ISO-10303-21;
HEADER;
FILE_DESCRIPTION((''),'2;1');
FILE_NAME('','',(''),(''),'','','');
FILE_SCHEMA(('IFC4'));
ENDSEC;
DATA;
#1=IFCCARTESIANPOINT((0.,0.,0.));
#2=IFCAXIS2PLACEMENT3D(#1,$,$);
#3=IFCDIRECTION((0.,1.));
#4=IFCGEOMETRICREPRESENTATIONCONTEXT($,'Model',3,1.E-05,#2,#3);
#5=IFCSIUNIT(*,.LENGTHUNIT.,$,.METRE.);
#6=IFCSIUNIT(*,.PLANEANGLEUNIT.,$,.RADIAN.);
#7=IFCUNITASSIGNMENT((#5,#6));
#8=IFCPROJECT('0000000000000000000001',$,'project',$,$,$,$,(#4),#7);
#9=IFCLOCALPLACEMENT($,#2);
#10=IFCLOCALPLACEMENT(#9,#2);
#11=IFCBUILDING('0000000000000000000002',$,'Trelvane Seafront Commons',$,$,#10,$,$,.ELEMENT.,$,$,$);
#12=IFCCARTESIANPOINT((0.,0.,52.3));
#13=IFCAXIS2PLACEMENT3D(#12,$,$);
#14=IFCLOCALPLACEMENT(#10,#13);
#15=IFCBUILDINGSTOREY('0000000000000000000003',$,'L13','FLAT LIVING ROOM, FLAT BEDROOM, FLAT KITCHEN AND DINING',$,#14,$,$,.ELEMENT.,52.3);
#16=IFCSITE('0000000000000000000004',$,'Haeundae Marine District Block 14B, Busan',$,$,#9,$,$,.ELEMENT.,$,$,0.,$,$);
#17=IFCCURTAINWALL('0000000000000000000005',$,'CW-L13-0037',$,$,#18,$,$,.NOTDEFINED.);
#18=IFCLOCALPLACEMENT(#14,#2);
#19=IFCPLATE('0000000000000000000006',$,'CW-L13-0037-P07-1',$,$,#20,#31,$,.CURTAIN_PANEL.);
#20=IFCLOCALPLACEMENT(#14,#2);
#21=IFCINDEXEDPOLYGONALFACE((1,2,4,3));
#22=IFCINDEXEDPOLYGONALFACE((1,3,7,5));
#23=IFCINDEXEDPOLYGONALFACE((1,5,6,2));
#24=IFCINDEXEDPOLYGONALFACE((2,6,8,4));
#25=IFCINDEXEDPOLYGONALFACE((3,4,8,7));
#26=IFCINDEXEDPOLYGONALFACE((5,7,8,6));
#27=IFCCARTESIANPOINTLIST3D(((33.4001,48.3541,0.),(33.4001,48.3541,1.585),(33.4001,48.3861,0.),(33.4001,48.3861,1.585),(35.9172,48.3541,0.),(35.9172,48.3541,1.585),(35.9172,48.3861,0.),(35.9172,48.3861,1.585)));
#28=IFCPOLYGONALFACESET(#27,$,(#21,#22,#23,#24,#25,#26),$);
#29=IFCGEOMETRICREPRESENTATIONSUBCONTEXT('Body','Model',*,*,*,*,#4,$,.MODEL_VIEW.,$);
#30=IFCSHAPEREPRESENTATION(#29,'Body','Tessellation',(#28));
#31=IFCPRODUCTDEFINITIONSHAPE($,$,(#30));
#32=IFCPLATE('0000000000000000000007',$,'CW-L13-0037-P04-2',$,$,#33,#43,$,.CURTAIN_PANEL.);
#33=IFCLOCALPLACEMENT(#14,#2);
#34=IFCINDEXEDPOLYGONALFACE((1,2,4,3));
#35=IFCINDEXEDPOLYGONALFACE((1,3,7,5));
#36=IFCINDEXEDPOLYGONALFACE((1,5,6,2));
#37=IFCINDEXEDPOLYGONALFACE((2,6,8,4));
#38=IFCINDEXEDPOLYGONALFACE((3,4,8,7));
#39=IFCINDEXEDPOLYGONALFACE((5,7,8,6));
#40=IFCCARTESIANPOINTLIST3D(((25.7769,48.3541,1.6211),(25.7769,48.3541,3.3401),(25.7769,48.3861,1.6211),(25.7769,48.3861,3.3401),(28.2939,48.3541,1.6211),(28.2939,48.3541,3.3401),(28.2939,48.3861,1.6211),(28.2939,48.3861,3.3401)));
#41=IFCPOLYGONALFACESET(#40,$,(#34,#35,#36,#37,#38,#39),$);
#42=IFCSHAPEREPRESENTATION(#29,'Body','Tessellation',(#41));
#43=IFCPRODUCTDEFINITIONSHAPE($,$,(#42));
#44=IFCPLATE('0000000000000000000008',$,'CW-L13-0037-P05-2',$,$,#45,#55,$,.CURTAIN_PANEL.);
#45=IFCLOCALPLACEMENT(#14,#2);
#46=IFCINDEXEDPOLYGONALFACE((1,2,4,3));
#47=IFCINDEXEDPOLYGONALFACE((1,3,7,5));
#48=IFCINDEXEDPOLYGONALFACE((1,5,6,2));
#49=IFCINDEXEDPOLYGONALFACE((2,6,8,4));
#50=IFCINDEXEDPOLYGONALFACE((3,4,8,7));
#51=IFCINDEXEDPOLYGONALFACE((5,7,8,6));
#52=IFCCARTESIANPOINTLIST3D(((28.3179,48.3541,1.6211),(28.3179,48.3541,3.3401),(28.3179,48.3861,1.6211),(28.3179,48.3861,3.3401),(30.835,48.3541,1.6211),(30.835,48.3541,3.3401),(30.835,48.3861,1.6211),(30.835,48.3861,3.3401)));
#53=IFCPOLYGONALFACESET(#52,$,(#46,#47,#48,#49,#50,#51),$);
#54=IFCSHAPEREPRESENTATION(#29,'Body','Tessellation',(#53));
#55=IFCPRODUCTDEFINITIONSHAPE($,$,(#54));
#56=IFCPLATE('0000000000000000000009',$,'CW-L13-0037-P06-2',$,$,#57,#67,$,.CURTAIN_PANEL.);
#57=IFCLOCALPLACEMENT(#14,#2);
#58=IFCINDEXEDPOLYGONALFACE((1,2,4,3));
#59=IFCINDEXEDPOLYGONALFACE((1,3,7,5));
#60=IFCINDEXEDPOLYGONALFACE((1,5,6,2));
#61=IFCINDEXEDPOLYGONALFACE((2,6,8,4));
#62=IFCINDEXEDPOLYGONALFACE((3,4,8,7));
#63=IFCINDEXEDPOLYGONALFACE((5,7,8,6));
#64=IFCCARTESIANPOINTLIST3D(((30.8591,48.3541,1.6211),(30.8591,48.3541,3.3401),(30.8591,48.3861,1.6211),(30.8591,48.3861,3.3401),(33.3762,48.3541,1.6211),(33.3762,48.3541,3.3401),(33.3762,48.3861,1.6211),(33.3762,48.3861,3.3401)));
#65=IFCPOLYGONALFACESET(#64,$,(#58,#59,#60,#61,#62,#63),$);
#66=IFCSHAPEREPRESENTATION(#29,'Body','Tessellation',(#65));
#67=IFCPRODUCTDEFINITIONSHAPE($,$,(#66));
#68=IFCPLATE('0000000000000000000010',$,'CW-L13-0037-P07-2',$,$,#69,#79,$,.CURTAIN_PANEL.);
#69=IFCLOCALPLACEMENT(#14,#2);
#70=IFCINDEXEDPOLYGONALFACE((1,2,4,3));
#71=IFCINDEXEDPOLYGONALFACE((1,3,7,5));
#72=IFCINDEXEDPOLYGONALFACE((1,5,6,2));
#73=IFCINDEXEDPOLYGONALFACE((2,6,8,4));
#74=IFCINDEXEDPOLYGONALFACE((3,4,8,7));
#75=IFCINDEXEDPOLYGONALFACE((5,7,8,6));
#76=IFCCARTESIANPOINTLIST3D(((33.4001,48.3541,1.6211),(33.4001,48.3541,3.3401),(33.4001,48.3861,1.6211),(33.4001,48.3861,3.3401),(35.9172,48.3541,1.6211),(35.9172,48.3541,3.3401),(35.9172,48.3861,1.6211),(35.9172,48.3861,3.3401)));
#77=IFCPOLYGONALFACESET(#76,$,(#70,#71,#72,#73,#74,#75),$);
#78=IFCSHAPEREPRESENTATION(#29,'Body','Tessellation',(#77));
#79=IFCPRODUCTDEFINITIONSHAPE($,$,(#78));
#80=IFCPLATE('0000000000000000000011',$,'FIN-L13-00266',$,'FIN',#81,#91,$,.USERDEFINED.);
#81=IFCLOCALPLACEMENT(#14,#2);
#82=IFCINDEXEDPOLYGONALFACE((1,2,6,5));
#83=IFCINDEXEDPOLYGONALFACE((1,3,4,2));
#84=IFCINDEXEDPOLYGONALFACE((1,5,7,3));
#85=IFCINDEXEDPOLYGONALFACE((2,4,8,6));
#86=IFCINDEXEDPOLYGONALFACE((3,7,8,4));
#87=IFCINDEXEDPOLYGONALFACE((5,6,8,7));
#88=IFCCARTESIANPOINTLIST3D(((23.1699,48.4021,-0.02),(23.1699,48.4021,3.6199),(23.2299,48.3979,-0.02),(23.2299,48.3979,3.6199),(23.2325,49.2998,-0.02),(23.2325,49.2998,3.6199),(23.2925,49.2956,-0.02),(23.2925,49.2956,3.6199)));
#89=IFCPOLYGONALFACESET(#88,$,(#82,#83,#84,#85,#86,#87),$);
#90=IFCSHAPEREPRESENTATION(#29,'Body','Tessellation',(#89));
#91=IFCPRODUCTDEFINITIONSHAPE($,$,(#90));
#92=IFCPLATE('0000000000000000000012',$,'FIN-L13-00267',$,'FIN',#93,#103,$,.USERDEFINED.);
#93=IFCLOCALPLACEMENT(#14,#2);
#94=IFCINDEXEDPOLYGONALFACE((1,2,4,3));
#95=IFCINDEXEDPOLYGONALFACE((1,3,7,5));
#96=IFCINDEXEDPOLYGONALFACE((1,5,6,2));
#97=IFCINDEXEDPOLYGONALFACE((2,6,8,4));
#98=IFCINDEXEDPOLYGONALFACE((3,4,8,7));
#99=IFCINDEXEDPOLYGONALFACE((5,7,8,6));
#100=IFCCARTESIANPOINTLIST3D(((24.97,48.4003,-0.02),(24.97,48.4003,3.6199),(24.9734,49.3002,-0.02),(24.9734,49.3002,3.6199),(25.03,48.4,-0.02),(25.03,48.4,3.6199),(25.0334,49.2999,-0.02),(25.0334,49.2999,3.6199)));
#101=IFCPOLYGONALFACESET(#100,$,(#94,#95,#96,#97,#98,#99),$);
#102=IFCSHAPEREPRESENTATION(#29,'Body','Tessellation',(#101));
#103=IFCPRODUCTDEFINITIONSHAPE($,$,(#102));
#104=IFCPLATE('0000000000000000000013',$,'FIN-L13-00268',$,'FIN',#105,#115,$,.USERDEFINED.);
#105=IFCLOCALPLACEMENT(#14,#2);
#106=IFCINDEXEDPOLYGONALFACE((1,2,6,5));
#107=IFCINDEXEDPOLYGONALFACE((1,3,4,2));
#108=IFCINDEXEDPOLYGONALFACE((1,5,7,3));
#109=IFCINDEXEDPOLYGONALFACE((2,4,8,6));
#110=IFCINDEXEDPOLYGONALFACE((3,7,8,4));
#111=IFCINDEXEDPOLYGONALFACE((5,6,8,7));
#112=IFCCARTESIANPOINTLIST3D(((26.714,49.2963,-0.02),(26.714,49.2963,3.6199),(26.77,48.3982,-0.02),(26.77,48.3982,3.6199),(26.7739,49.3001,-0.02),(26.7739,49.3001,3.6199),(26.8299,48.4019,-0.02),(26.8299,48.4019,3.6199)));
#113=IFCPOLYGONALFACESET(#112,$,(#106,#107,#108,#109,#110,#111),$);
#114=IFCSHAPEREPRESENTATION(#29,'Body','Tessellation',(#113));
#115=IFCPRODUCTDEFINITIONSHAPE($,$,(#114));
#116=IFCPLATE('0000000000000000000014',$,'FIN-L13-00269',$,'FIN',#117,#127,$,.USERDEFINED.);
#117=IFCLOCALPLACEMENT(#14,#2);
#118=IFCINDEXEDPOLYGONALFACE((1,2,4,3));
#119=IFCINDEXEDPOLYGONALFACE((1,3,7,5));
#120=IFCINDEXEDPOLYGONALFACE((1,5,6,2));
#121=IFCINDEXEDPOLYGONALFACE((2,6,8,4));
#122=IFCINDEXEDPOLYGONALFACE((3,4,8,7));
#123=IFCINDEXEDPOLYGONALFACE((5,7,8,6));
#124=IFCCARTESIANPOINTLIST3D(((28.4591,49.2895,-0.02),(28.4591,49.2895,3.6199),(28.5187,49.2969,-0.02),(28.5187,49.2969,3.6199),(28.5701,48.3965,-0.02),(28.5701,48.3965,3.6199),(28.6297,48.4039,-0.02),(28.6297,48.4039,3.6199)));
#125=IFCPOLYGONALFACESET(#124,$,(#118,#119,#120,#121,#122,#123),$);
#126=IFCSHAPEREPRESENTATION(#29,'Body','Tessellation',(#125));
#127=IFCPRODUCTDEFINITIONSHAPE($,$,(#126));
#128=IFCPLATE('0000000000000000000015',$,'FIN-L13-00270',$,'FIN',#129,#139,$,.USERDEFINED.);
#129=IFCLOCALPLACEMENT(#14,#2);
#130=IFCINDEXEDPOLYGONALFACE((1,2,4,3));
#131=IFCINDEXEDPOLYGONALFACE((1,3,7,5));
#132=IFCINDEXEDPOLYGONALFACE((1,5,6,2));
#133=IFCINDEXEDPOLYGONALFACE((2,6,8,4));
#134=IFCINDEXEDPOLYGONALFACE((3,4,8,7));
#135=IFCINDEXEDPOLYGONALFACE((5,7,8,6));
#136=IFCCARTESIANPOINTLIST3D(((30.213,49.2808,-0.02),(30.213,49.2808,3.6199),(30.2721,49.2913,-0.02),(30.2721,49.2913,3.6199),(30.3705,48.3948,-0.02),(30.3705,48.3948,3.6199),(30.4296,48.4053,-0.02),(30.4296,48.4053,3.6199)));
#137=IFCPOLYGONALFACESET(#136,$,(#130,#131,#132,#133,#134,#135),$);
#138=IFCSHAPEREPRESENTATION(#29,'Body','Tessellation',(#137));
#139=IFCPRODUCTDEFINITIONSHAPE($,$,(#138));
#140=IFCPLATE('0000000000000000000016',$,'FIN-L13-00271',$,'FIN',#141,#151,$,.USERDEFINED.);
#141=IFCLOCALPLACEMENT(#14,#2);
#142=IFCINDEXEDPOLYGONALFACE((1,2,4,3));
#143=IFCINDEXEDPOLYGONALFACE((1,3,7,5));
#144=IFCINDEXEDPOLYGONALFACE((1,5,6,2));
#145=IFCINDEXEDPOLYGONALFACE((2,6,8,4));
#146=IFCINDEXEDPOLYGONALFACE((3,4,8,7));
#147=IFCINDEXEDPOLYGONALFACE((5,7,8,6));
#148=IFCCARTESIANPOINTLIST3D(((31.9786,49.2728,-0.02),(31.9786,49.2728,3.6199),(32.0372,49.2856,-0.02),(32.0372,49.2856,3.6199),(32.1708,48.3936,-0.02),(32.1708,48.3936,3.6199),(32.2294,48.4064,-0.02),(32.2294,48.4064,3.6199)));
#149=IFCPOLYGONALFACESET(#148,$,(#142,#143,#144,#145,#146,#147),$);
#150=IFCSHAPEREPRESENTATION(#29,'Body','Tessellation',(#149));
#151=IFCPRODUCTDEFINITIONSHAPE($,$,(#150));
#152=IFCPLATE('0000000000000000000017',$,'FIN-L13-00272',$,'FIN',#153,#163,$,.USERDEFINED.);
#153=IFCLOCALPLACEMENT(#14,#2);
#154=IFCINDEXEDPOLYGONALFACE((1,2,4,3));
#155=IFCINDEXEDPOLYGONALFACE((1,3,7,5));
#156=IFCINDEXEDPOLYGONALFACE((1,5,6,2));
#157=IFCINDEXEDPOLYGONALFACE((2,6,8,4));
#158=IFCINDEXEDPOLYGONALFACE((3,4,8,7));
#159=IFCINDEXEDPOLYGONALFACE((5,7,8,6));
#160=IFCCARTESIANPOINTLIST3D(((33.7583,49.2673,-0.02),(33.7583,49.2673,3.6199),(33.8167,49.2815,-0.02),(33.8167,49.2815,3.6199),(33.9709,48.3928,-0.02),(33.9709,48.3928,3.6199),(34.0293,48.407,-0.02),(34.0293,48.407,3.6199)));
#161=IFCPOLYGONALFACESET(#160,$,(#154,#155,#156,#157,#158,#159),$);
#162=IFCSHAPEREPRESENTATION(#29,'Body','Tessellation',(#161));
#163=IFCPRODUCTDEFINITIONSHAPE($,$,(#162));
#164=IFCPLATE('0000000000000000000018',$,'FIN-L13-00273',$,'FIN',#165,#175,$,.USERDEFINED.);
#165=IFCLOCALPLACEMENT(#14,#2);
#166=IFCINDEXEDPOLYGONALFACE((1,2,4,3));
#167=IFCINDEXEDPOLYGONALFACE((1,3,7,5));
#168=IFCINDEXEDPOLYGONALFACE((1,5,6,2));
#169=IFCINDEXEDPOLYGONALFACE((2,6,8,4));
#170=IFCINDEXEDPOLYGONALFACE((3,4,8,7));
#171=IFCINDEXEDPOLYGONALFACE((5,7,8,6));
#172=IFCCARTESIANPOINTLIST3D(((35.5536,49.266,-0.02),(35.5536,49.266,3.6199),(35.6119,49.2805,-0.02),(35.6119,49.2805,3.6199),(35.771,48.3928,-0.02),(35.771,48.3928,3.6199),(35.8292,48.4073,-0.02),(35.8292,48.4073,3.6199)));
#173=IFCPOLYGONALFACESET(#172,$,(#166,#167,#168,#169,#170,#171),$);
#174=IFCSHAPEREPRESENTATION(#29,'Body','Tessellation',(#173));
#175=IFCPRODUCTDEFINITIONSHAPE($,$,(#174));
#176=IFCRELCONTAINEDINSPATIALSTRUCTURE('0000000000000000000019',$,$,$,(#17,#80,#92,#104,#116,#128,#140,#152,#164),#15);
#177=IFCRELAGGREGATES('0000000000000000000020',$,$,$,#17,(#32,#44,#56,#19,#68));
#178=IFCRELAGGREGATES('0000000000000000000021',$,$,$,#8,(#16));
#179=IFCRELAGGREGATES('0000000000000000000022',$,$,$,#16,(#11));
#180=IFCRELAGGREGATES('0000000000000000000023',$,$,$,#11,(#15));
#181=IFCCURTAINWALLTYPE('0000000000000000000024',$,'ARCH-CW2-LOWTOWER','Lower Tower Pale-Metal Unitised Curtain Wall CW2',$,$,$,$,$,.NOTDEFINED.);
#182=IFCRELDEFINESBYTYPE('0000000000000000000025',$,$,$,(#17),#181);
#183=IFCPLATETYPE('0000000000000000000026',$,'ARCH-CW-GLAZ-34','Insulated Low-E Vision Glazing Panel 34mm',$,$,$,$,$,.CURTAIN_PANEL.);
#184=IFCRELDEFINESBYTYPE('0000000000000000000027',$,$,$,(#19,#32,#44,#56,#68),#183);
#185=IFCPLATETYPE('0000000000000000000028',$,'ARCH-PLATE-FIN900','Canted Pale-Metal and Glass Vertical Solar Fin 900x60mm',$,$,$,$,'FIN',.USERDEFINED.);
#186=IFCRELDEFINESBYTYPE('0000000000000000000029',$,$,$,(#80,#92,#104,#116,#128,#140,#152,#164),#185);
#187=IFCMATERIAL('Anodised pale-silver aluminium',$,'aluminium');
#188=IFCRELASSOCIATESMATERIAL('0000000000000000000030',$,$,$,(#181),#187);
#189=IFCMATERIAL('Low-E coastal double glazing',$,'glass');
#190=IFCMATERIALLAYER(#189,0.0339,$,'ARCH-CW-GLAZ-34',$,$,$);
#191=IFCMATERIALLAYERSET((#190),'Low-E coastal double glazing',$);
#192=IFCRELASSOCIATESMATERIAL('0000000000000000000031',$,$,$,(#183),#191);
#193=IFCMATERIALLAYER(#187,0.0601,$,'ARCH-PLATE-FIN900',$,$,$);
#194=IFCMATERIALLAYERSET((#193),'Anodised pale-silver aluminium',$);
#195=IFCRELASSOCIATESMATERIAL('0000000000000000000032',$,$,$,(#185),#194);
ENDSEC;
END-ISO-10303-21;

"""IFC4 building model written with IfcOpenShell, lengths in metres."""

from ifc_helpers import new_model, si_unit, direction, frame, origin, origin_2d, place, context, subcontext, project, spatial, rectangle, extrude, source, transform, mapped, material, layer, layer_set, type_object, element, aggregate, save


model = new_model("IFC4")

# Units and contexts
model_context = context("Model", 3, precision=1e-05, world=origin(), true_north=direction((0.0, 1.0)))
body_context = subcontext(model_context, "Body", "Model", "MODEL_VIEW")
ifc_project = project(units=[si_unit("LENGTHUNIT", "METRE"), si_unit("PLANEANGLEUNIT", "RADIAN")], contexts=[model_context])

# Site, building, storey
site_placement = place(None, origin())
site = spatial("IfcSite", under=ifc_project, at=site_placement, Name="Haeundae Marine District Block 14B, Busan", CompositionType="ELEMENT", RefElevation=0.0)
building_placement = place(site_placement, origin())
building = spatial("IfcBuilding", under=site, at=building_placement, Name="Trelvane Seafront Commons", CompositionType="ELEMENT")
storey_placement = place(building_placement, frame((0.0, 0.0, 52.3)))
storey = spatial("IfcBuildingStorey", under=building, at=storey_placement, Name="L13", Description="FLAT LIVING ROOM, FLAT BEDROOM, FLAT KITCHEN AND DINING", CompositionType="ELEMENT", Elevation=52.3)

# Curtain wall, plates
ifc_material_1 = material(Name="Anodised pale-silver aluminium", Category="aluminium")
curtain_wall_type = type_object("IfcCurtainWallType", Name="ARCH-CW2-LOWTOWER", Description="Lower Tower Pale-Metal Unitised Curtain Wall CW2", PredefinedType="NOTDEFINED", material=ifc_material_1)
curtain_wall_placement = place(storey_placement, origin())
curtain_wall = element("IfcCurtainWall", 1, at=curtain_wall_placement, inside=storey, type_object=curtain_wall_type, Name="CW-L13-0037", PredefinedType="NOTDEFINED")
ifc_material_2 = material(Name="Low-E coastal double glazing", Category="glass")
ifc_layer_1 = layer(ifc_material_2, 0.0339, Name="ARCH-CW-GLAZ-34")
ifc_layer_set_1 = layer_set([ifc_layer_1], Name="Low-E coastal double glazing")
plate_type_1 = type_object("IfcPlateType", Name="ARCH-CW-GLAZ-34", Description="Insulated Low-E Vision Glazing Panel 34mm", PredefinedType="CURTAIN_PANEL", material=ifc_layer_set_1)
shared_shape_1 = source(origin(), body_context, "Body", "SweptSolid", [
    extrude(rectangle(XDim=2.5171, YDim=0.032, at=origin_2d()), origin(), (0.0, 0.0, 1.0), 1.585),
])
plate_1_placement = place(storey_placement, frame((34.6587, 48.3701, 0.0), z_axis=(0.0, 0.0, 1.0), x_axis=(1.0, 0.0, 0.0)))
plate_1 = element("IfcPlate", 2, at=plate_1_placement, type_object=plate_type_1, Name="CW-L13-0037-P07-1", PredefinedType="CURTAIN_PANEL", context=body_context, shape_type="MappedRepresentation", body=[
    mapped(shared_shape_1, transform((0.0, 0.0, 0.0), x_axis=(1.0, 0.0, 0.0), y_axis=(0.0, 1.0, 0.0), z_axis=(0.0, 0.0, 1.0), scale=1.0)),
])
shared_shape_2 = source(origin(), body_context, "Body", "SweptSolid", [
    extrude(rectangle(XDim=2.5171, YDim=0.032, at=origin_2d()), origin(), (0.0, 0.0, 1.0), 1.719),
])
plate_2_placement = place(storey_placement, frame((27.0354, 48.3701, 1.6211), z_axis=(0.0, 0.0, 1.0), x_axis=(1.0, 0.0, 0.0)))
plate_2 = element("IfcPlate", 3, at=plate_2_placement, type_object=plate_type_1, Name="CW-L13-0037-P04-2", PredefinedType="CURTAIN_PANEL", context=body_context, shape_type="MappedRepresentation", body=[
    mapped(shared_shape_2, transform((0.0, 0.0, 0.0), x_axis=(1.0, 0.0, 0.0), y_axis=(0.0, 1.0, 0.0), z_axis=(0.0, 0.0, 1.0), scale=1.0)),
])
plate_3_placement = place(storey_placement, frame((29.5764, 48.3701, 1.6211), z_axis=(0.0, 0.0, 1.0), x_axis=(1.0, 0.0, 0.0)))
plate_3 = element("IfcPlate", 4, at=plate_3_placement, type_object=plate_type_1, Name="CW-L13-0037-P05-2", PredefinedType="CURTAIN_PANEL", context=body_context, shape_type="MappedRepresentation", body=[
    mapped(shared_shape_2, transform((0.0, 0.0, 0.0), x_axis=(1.0, 0.0, 0.0), y_axis=(0.0, 1.0, 0.0), z_axis=(0.0, 0.0, 1.0), scale=1.0)),
])
plate_4_placement = place(storey_placement, frame((32.1177, 48.3701, 1.6211), z_axis=(0.0, 0.0, 1.0), x_axis=(1.0, 0.0, 0.0)))
plate_4 = element("IfcPlate", 5, at=plate_4_placement, type_object=plate_type_1, Name="CW-L13-0037-P06-2", PredefinedType="CURTAIN_PANEL", context=body_context, shape_type="MappedRepresentation", body=[
    mapped(shared_shape_2, transform((0.0, 0.0, 0.0), x_axis=(1.0, 0.0, 0.0), y_axis=(0.0, 1.0, 0.0), z_axis=(0.0, 0.0, 1.0), scale=1.0)),
])
plate_5_placement = place(storey_placement, frame((34.6587, 48.3701, 1.6211), z_axis=(0.0, 0.0, 1.0), x_axis=(1.0, 0.0, 0.0)))
plate_5 = element("IfcPlate", 6, at=plate_5_placement, type_object=plate_type_1, Name="CW-L13-0037-P07-2", PredefinedType="CURTAIN_PANEL", context=body_context, shape_type="MappedRepresentation", body=[
    mapped(shared_shape_2, transform((0.0, 0.0, 0.0), x_axis=(1.0, 0.0, 0.0), y_axis=(0.0, 1.0, 0.0), z_axis=(0.0, 0.0, 1.0), scale=1.0)),
])
aggregate(curtain_wall, [plate_2, plate_3, plate_4, plate_1, plate_5])

# Plates
ifc_layer_2 = layer(ifc_material_1, 0.0601, Name="ARCH-PLATE-FIN900")
ifc_layer_set_2 = layer_set([ifc_layer_2], Name="Anodised pale-silver aluminium")
plate_type_2 = type_object("IfcPlateType", Name="ARCH-PLATE-FIN900", Description="Canted Pale-Metal and Glass Vertical Solar Fin 900x60mm", ElementType="FIN", PredefinedType="USERDEFINED", material=ifc_layer_set_2)
shared_shape_3 = source(origin(), body_context, "Body", "SweptSolid", [
    extrude(rectangle(XDim=0.8999, YDim=0.0601, at=origin_2d()), origin(), (0.0, 0.0, 1.0), 3.6399),
])
for number, where, z_axis, x_axis, name in (
    (7, (23.2312, 48.8489, -0.02), (0.0, 0.0, 1.0), (0.069556, 0.997578, 0.0), "FIN-L13-00266"),
    (8, (25.0017, 48.8501, -0.02), (0.0, 0.0, 1.0), (0.003777, 0.999993, 0.0), "FIN-L13-00267"),
    (9, (26.772, 48.8491, -0.02), (0.0, 0.0, 1.0), (-0.062219, 0.998063, 0.0), "FIN-L13-00268"),
    (10, (28.5444, 48.8467, -0.02), (0.0, 0.0, 1.0), (-0.123336, 0.992365, 0.0), "FIN-L13-00269"),
    (11, (30.3213, 48.843, -0.02), (0.0, 0.0, 1.0), (-0.175002, 0.984568, 0.0), "FIN-L13-00270"),
    (12, (32.104, 48.8396, -0.02), (0.0, 0.0, 1.0), (-0.213564, 0.976929, 0.0), "FIN-L13-00271"),
    (13, (33.8938, 48.8372, -0.02), (0.0, 0.0, 1.0), (-0.236229, 0.971697, 0.0), "FIN-L13-00272"),
    (14, (35.6914, 48.8367, -0.02), (0.0, 0.0, 1.0), (-0.241568, 0.970384, 0.0), "FIN-L13-00273"),
):
    element("IfcPlate", number, at=place(storey_placement, frame(where, z_axis=z_axis, x_axis=x_axis)), inside=storey, type_object=plate_type_2, Name=name, ObjectType="FIN", PredefinedType="USERDEFINED", context=body_context, shape_type="MappedRepresentation", body=[
        mapped(shared_shape_3, transform((0.0, 0.0, 0.0), x_axis=(1.0, 0.0, 0.0), y_axis=(0.0, 1.0, 0.0), z_axis=(0.0, 0.0, 1.0), scale=1.0)),
    ])

save(model, "model.ifc")
